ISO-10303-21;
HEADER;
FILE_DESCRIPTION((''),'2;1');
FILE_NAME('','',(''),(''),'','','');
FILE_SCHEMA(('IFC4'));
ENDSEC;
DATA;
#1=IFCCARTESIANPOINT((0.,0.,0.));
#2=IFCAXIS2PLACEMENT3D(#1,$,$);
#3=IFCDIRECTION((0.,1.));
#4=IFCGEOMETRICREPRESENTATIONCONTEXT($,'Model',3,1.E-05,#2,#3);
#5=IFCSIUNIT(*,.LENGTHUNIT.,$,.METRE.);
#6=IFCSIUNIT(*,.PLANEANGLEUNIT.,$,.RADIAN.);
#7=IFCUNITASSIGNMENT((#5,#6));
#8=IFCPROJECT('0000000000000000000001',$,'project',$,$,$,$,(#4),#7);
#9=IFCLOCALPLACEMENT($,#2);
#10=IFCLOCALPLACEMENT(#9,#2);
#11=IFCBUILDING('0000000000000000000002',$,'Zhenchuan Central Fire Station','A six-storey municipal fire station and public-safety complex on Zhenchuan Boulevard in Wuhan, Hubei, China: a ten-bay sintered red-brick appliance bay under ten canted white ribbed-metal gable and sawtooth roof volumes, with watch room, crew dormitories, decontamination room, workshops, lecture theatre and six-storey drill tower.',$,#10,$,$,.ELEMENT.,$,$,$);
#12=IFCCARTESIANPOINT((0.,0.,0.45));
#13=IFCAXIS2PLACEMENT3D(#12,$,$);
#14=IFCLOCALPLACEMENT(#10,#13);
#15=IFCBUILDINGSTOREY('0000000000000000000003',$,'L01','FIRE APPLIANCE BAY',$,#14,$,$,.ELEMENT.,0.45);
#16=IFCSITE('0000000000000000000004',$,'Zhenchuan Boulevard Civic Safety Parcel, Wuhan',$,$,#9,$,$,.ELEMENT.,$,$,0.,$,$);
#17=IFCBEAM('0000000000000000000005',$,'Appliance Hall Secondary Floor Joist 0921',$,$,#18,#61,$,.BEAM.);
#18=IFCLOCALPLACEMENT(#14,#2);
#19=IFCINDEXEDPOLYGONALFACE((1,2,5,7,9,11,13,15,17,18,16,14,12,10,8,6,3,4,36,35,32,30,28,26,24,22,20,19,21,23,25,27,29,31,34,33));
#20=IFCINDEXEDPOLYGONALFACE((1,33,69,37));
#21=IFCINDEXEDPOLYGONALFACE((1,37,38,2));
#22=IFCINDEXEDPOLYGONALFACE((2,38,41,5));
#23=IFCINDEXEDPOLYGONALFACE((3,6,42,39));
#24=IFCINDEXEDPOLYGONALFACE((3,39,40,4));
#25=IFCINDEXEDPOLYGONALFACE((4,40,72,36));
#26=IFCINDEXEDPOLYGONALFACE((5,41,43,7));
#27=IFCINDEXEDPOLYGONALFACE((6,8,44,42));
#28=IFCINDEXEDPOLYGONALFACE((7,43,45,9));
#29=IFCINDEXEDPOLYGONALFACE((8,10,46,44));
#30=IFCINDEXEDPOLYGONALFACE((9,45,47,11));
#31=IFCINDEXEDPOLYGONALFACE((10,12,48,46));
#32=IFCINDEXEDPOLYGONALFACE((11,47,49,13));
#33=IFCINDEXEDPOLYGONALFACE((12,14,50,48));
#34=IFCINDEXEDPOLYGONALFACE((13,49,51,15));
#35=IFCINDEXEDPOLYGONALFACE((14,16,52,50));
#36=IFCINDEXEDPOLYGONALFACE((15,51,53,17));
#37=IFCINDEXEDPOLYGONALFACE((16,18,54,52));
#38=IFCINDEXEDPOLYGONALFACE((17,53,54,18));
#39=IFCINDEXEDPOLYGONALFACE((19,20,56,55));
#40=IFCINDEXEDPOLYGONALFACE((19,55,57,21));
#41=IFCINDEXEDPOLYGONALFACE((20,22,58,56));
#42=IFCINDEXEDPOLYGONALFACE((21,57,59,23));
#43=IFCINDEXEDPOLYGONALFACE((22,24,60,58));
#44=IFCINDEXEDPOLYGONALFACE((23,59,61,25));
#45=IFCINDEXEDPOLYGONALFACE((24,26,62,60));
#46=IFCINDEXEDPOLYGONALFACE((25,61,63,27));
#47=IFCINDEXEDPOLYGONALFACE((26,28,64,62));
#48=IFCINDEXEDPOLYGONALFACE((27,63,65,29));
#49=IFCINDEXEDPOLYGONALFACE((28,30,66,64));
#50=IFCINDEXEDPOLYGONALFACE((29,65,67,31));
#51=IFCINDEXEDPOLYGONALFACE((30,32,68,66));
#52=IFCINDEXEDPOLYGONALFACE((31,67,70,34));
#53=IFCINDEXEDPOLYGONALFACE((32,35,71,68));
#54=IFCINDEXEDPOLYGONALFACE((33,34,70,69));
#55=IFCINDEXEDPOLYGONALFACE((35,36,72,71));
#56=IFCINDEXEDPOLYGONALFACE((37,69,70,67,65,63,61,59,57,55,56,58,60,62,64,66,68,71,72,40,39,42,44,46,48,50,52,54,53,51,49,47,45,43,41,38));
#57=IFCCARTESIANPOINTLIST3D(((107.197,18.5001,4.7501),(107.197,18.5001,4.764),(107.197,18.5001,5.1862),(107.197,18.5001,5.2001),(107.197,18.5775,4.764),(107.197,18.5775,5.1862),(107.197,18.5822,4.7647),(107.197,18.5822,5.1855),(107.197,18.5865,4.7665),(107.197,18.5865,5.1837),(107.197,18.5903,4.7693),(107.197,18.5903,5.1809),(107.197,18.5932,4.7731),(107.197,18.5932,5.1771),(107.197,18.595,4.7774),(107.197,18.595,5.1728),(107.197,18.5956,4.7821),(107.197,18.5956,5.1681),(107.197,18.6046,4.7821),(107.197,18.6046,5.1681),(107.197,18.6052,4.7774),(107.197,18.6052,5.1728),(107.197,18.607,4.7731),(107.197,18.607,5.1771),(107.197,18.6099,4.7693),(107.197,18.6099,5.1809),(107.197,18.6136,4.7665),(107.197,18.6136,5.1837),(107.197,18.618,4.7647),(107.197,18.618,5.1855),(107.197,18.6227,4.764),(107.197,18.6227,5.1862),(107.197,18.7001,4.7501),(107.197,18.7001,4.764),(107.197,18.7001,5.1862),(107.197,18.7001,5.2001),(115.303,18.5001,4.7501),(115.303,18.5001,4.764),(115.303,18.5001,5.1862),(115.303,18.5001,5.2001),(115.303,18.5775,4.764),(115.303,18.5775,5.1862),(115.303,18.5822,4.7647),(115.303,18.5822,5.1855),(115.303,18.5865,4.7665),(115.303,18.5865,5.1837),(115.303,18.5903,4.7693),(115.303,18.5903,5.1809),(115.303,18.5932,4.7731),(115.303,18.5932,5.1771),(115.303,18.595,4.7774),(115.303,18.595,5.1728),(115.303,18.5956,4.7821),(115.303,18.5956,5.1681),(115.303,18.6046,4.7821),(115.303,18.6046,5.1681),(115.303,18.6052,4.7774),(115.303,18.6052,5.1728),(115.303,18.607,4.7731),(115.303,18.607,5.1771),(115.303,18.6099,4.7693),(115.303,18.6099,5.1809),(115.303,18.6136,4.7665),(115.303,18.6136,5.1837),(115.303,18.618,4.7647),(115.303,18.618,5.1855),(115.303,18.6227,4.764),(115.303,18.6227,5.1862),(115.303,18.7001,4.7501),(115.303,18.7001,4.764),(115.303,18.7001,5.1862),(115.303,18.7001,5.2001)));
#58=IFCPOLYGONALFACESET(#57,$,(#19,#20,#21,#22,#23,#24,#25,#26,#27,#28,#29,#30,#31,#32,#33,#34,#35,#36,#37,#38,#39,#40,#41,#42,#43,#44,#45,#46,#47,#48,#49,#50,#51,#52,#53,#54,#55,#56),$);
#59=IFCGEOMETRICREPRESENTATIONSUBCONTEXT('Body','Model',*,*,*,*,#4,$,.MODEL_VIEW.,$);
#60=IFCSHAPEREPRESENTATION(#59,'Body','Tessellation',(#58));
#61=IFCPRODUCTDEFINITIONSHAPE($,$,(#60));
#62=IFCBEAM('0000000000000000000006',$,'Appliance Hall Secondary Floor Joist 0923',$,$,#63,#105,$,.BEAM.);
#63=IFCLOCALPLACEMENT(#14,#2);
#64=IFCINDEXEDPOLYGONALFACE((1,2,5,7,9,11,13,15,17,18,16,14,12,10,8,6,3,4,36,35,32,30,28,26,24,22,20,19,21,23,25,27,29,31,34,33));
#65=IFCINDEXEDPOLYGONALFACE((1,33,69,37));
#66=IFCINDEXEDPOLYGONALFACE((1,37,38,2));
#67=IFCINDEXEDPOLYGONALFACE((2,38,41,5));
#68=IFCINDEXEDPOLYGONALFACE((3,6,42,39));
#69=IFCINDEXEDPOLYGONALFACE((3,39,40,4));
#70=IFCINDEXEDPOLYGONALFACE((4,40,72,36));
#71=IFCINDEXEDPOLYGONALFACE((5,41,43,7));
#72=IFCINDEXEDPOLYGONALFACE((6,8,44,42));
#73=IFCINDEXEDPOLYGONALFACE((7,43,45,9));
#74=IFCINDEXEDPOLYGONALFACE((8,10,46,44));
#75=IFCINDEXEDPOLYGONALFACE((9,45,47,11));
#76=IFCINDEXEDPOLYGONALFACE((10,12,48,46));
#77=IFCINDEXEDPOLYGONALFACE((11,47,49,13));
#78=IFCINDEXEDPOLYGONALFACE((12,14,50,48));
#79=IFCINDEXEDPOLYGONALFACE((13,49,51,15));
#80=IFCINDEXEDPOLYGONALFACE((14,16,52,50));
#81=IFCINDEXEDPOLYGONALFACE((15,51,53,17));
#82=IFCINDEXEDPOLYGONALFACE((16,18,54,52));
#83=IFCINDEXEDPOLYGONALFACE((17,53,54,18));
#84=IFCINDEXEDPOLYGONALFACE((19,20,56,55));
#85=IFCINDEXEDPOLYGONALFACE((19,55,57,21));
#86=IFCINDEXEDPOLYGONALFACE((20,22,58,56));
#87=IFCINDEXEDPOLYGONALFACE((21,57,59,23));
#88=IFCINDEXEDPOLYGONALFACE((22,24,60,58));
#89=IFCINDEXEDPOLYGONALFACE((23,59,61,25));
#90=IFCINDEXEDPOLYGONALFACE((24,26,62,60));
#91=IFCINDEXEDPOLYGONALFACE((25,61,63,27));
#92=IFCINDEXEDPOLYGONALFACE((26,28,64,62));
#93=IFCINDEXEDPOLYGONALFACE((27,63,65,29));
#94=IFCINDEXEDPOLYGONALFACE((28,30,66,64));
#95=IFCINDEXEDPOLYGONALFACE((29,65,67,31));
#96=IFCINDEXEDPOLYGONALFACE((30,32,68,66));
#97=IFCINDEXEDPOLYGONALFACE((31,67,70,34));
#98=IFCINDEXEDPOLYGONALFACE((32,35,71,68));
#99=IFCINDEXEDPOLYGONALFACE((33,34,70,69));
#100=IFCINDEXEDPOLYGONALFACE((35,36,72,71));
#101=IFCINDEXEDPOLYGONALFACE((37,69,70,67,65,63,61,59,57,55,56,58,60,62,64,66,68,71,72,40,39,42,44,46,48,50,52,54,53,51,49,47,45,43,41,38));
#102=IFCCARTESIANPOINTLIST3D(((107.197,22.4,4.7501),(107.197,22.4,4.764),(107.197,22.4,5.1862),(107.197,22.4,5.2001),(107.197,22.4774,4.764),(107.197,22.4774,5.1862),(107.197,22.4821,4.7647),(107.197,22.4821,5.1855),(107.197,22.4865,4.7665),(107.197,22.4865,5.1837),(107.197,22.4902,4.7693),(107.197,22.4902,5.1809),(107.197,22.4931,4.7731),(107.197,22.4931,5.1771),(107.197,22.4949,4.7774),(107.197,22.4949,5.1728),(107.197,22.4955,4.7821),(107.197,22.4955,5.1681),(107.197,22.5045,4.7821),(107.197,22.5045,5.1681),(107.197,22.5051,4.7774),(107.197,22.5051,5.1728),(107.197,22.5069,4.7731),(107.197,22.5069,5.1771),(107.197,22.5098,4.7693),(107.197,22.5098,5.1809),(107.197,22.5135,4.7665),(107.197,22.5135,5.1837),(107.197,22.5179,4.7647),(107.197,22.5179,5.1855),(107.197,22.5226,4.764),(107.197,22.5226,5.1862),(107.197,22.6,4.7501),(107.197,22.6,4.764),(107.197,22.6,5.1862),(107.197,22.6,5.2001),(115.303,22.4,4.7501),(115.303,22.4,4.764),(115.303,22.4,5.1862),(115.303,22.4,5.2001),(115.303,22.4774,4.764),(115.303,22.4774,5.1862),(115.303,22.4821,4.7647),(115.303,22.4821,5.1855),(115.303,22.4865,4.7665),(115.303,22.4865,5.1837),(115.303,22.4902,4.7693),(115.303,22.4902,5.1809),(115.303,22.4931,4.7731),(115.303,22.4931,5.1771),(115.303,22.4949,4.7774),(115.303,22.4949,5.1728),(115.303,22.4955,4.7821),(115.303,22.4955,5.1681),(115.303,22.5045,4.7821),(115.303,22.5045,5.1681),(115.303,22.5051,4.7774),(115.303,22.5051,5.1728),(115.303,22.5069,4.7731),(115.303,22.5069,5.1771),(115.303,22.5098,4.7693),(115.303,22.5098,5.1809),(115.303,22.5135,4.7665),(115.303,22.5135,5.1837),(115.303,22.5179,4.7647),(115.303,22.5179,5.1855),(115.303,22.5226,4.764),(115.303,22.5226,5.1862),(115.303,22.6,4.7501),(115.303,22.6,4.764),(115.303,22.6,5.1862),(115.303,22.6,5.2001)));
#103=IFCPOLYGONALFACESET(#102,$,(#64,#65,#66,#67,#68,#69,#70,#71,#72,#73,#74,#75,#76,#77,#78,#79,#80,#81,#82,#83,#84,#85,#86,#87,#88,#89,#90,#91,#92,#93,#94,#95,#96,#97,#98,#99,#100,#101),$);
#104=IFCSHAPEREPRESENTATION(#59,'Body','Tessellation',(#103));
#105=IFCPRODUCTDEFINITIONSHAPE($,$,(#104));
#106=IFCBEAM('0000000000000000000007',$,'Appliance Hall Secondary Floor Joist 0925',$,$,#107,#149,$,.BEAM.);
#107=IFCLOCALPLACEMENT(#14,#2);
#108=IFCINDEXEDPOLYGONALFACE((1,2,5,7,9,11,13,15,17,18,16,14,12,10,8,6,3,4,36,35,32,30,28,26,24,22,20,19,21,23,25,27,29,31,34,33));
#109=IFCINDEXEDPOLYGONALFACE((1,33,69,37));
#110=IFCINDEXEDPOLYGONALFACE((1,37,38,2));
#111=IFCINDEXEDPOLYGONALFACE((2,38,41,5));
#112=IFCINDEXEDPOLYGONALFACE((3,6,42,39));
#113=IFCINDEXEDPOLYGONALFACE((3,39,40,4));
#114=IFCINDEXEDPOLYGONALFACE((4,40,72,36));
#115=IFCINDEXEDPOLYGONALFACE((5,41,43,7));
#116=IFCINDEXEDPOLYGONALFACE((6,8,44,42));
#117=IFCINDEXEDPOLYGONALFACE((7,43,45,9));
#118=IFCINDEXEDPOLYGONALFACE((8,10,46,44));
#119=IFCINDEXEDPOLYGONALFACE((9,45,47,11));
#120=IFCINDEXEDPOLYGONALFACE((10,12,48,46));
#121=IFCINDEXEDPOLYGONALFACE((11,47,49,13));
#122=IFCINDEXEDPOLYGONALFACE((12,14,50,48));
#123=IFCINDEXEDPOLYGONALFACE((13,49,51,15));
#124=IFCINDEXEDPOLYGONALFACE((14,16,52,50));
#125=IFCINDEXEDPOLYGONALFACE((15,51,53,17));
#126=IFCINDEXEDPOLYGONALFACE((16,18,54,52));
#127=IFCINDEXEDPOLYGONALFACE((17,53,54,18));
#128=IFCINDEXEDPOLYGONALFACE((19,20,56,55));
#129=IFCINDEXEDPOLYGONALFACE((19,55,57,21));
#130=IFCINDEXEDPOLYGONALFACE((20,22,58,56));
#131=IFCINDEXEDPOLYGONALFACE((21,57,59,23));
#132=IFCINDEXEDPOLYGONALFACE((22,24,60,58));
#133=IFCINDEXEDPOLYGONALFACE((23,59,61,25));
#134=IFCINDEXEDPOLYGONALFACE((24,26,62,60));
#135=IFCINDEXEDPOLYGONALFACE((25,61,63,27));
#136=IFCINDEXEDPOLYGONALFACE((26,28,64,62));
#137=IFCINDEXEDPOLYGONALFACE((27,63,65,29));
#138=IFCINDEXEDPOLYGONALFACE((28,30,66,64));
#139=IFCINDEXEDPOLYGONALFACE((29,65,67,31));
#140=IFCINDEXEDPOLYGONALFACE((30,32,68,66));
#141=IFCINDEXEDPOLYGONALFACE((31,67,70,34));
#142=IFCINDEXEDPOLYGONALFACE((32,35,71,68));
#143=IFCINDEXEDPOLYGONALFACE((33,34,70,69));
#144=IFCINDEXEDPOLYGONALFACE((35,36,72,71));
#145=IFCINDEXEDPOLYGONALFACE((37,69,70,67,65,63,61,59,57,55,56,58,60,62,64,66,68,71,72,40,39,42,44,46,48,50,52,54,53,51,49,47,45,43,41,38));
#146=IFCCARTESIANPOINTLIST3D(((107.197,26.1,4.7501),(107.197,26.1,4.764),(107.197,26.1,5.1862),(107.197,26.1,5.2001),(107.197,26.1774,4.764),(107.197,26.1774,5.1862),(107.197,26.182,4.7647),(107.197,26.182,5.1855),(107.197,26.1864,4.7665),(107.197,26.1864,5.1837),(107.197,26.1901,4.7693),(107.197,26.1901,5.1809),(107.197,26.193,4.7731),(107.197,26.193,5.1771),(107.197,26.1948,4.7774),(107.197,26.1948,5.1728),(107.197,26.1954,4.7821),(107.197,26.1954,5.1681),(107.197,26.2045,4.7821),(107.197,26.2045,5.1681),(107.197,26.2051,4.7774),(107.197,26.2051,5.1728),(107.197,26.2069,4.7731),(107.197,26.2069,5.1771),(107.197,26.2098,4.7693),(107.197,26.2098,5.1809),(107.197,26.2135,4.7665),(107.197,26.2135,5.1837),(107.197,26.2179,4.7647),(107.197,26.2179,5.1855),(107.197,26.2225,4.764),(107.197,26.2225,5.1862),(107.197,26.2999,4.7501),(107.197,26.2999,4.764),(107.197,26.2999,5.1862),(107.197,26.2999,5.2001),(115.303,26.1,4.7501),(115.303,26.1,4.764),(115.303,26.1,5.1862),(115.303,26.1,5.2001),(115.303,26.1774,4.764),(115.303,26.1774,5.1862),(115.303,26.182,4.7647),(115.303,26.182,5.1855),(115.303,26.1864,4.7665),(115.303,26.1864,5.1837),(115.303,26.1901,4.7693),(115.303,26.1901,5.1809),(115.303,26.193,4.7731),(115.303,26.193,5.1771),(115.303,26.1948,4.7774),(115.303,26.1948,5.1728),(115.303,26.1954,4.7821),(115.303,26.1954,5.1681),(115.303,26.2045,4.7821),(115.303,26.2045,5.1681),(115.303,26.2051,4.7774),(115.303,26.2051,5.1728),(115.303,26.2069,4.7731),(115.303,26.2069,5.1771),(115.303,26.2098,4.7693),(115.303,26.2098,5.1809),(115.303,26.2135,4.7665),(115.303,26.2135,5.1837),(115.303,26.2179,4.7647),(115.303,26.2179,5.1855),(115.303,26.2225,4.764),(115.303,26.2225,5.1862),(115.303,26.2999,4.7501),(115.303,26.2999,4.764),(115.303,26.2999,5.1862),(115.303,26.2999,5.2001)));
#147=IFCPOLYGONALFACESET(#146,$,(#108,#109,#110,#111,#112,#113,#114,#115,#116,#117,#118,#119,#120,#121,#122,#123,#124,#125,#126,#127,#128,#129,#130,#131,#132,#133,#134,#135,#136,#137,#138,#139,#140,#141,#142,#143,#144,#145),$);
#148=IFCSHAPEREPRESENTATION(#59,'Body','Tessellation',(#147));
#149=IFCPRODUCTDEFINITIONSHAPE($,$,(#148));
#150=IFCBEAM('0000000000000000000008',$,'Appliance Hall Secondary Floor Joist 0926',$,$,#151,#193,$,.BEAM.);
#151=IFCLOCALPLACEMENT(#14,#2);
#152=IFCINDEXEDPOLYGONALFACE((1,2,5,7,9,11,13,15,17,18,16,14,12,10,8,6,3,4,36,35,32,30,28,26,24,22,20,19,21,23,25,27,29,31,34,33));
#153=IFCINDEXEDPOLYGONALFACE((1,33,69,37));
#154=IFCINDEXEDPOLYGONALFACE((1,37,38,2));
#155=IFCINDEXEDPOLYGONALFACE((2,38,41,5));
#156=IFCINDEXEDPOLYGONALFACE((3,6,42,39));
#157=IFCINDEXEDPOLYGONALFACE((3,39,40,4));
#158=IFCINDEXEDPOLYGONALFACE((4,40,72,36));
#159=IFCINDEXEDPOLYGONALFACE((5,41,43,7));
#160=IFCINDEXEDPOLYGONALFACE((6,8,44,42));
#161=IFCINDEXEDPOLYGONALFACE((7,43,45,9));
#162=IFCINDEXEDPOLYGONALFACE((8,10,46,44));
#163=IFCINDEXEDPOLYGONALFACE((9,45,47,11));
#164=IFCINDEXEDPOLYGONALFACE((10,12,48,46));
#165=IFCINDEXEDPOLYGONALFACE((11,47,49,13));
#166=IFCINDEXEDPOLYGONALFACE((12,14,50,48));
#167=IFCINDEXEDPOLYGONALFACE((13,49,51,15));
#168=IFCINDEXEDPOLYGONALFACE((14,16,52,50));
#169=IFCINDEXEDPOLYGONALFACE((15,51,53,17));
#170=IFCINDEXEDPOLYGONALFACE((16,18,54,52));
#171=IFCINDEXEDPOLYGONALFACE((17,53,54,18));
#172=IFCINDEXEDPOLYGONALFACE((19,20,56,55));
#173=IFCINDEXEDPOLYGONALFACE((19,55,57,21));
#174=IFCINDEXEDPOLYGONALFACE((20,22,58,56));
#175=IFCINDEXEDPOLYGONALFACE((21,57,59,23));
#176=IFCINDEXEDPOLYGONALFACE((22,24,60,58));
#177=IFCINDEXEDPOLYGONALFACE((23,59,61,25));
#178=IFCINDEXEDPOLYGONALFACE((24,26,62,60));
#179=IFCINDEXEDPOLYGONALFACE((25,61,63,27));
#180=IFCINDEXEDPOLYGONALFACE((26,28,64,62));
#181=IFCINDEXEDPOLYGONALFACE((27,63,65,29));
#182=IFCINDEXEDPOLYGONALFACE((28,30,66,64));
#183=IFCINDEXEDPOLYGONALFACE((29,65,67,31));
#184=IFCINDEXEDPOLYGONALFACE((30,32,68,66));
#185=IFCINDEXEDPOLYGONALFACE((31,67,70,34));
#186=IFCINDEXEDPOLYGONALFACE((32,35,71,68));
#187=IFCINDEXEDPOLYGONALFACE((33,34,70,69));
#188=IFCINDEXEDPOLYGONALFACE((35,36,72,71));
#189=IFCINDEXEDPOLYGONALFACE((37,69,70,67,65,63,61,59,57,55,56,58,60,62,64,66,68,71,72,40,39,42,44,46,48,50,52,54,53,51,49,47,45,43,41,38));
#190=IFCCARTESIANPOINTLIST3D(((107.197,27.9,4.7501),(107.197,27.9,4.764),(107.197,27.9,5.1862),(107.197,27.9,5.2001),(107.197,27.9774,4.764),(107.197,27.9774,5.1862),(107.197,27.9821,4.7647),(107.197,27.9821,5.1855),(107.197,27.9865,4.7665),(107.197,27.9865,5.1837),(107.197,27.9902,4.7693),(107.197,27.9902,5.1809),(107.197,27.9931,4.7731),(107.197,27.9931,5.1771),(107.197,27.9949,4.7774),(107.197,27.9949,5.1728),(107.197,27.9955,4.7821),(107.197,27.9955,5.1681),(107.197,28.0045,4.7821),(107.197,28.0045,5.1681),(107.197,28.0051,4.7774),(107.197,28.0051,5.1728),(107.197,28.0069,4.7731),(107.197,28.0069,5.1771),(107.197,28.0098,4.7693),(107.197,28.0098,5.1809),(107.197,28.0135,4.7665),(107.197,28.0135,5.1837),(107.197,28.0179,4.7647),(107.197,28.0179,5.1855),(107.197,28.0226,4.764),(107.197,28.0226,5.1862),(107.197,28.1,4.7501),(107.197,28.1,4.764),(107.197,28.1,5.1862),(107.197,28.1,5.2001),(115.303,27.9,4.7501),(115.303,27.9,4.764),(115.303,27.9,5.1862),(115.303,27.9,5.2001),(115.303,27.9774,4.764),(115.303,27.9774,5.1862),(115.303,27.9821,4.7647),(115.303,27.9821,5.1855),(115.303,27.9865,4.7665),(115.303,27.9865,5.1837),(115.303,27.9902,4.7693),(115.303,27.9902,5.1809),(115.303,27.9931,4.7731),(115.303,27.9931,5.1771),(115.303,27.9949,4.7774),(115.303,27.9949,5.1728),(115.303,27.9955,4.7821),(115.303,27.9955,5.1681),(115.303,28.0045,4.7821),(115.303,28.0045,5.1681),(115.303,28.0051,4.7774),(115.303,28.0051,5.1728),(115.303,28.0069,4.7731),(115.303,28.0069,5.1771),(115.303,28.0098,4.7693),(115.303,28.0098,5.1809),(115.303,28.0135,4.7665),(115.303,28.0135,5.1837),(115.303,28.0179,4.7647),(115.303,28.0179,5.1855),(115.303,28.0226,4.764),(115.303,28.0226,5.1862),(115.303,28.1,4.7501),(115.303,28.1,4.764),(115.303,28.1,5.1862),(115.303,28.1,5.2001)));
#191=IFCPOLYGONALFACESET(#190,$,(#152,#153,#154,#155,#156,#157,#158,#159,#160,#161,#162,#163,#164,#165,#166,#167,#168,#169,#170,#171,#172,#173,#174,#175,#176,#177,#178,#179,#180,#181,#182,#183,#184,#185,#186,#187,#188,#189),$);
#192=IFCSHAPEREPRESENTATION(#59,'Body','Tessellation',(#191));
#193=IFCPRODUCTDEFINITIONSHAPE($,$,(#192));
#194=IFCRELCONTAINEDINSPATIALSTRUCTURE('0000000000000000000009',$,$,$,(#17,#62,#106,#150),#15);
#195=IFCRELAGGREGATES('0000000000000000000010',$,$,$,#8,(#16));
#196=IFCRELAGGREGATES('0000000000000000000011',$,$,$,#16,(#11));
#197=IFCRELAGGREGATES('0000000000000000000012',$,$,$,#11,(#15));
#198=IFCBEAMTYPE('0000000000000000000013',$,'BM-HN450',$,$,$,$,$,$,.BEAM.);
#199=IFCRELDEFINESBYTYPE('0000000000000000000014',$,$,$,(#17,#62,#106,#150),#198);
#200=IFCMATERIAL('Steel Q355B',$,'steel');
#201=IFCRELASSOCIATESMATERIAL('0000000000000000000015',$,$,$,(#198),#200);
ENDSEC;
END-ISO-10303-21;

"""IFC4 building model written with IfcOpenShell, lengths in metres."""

from ifc_helpers import new_model, si_unit, direction, frame, origin, origin_2d, place, context, subcontext, project, spatial, i_section, extrude, material, material_profile, profile_set, type_object, element, save


model = new_model("IFC4")

# Units and contexts
model_context = context("Model", 3, precision=1e-05, world=origin(), true_north=direction((0.0, 1.0)))
body_context = subcontext(model_context, "Body", "Model", "MODEL_VIEW")
ifc_project = project(units=[si_unit("LENGTHUNIT", "METRE"), si_unit("PLANEANGLEUNIT", "RADIAN")], contexts=[model_context])

# Site, building, storey
site_placement = place(None, origin())
site = spatial("IfcSite", under=ifc_project, at=site_placement, Name="Zhenchuan Boulevard Civic Safety Parcel, Wuhan", CompositionType="ELEMENT", RefElevation=0.0)
building_placement = place(site_placement, origin())
building = spatial("IfcBuilding", under=site, at=building_placement, Name="Zhenchuan Central Fire Station", Description="A six-storey municipal fire station and public-safety complex on Zhenchuan Boulevard in Wuhan, Hubei, China: a ten-bay sintered red-brick appliance bay under ten canted white ribbed-metal gable and sawtooth roof volumes, with watch room, crew dormitories, decontamination room, workshops, lecture theatre and six-storey drill tower.", CompositionType="ELEMENT")
storey_placement = place(building_placement, frame((0.0, 0.0, 0.45)))
storey = spatial("IfcBuildingStorey", under=building, at=storey_placement, Name="L01", Description="FIRE APPLIANCE BAY", CompositionType="ELEMENT", Elevation=0.45)

# Shared definitions
ifc_material_1 = material(Name="Steel Q355B", Category="steel")

# Beams
ifc_material_profile_1 = material_profile(ifc_material_1, i_section(OverallWidth=0.2, OverallDepth=0.45, WebThickness=0.009, FlangeThickness=0.0139, FilletRadius=0.0181, at=origin_2d()), Name="HN 450x200")
ifc_profile_set_1 = profile_set([ifc_material_profile_1], Name="Steel Q355B")
beam_type_1 = type_object("IfcBeamType", Name="BM-HN450", PredefinedType="BEAM", material=ifc_profile_set_1)
for number, where, z_axis, x_axis, name in (
    (1, (107.197, 18.6001, 4.9751), (1.0, 0.0, 0.0), (0.0, 1.0, 0.0), "Appliance Hall Secondary Floor Joist 0921"),
    (2, (107.197, 22.5, 4.9751), (1.0, 0.0, 0.0), (0.0, 1.0, 0.0), "Appliance Hall Secondary Floor Joist 0923"),
    (3, (107.197, 26.2, 4.9751), (1.0, 0.0, 0.0), (0.0, 1.0, 0.0), "Appliance Hall Secondary Floor Joist 0925"),
    (4, (107.197, 28.0, 4.9751), (1.0, 0.0, 0.0), (0.0, 1.0, 0.0), "Appliance Hall Secondary Floor Joist 0926"),
):
    element("IfcBeam", number, at=place(storey_placement, frame(where, z_axis=z_axis, x_axis=x_axis)), inside=storey, type_object=beam_type_1, Name=name, PredefinedType="BEAM", context=body_context, shape_type="SweptSolid", body=[
        extrude(i_section(OverallWidth=0.2, OverallDepth=0.45, WebThickness=0.009, FlangeThickness=0.0139, FilletRadius=0.0181, at=origin_2d()), origin(), (0.0, 0.0, 1.0), 8.106),
    ])

save(model, "model.ifc")
